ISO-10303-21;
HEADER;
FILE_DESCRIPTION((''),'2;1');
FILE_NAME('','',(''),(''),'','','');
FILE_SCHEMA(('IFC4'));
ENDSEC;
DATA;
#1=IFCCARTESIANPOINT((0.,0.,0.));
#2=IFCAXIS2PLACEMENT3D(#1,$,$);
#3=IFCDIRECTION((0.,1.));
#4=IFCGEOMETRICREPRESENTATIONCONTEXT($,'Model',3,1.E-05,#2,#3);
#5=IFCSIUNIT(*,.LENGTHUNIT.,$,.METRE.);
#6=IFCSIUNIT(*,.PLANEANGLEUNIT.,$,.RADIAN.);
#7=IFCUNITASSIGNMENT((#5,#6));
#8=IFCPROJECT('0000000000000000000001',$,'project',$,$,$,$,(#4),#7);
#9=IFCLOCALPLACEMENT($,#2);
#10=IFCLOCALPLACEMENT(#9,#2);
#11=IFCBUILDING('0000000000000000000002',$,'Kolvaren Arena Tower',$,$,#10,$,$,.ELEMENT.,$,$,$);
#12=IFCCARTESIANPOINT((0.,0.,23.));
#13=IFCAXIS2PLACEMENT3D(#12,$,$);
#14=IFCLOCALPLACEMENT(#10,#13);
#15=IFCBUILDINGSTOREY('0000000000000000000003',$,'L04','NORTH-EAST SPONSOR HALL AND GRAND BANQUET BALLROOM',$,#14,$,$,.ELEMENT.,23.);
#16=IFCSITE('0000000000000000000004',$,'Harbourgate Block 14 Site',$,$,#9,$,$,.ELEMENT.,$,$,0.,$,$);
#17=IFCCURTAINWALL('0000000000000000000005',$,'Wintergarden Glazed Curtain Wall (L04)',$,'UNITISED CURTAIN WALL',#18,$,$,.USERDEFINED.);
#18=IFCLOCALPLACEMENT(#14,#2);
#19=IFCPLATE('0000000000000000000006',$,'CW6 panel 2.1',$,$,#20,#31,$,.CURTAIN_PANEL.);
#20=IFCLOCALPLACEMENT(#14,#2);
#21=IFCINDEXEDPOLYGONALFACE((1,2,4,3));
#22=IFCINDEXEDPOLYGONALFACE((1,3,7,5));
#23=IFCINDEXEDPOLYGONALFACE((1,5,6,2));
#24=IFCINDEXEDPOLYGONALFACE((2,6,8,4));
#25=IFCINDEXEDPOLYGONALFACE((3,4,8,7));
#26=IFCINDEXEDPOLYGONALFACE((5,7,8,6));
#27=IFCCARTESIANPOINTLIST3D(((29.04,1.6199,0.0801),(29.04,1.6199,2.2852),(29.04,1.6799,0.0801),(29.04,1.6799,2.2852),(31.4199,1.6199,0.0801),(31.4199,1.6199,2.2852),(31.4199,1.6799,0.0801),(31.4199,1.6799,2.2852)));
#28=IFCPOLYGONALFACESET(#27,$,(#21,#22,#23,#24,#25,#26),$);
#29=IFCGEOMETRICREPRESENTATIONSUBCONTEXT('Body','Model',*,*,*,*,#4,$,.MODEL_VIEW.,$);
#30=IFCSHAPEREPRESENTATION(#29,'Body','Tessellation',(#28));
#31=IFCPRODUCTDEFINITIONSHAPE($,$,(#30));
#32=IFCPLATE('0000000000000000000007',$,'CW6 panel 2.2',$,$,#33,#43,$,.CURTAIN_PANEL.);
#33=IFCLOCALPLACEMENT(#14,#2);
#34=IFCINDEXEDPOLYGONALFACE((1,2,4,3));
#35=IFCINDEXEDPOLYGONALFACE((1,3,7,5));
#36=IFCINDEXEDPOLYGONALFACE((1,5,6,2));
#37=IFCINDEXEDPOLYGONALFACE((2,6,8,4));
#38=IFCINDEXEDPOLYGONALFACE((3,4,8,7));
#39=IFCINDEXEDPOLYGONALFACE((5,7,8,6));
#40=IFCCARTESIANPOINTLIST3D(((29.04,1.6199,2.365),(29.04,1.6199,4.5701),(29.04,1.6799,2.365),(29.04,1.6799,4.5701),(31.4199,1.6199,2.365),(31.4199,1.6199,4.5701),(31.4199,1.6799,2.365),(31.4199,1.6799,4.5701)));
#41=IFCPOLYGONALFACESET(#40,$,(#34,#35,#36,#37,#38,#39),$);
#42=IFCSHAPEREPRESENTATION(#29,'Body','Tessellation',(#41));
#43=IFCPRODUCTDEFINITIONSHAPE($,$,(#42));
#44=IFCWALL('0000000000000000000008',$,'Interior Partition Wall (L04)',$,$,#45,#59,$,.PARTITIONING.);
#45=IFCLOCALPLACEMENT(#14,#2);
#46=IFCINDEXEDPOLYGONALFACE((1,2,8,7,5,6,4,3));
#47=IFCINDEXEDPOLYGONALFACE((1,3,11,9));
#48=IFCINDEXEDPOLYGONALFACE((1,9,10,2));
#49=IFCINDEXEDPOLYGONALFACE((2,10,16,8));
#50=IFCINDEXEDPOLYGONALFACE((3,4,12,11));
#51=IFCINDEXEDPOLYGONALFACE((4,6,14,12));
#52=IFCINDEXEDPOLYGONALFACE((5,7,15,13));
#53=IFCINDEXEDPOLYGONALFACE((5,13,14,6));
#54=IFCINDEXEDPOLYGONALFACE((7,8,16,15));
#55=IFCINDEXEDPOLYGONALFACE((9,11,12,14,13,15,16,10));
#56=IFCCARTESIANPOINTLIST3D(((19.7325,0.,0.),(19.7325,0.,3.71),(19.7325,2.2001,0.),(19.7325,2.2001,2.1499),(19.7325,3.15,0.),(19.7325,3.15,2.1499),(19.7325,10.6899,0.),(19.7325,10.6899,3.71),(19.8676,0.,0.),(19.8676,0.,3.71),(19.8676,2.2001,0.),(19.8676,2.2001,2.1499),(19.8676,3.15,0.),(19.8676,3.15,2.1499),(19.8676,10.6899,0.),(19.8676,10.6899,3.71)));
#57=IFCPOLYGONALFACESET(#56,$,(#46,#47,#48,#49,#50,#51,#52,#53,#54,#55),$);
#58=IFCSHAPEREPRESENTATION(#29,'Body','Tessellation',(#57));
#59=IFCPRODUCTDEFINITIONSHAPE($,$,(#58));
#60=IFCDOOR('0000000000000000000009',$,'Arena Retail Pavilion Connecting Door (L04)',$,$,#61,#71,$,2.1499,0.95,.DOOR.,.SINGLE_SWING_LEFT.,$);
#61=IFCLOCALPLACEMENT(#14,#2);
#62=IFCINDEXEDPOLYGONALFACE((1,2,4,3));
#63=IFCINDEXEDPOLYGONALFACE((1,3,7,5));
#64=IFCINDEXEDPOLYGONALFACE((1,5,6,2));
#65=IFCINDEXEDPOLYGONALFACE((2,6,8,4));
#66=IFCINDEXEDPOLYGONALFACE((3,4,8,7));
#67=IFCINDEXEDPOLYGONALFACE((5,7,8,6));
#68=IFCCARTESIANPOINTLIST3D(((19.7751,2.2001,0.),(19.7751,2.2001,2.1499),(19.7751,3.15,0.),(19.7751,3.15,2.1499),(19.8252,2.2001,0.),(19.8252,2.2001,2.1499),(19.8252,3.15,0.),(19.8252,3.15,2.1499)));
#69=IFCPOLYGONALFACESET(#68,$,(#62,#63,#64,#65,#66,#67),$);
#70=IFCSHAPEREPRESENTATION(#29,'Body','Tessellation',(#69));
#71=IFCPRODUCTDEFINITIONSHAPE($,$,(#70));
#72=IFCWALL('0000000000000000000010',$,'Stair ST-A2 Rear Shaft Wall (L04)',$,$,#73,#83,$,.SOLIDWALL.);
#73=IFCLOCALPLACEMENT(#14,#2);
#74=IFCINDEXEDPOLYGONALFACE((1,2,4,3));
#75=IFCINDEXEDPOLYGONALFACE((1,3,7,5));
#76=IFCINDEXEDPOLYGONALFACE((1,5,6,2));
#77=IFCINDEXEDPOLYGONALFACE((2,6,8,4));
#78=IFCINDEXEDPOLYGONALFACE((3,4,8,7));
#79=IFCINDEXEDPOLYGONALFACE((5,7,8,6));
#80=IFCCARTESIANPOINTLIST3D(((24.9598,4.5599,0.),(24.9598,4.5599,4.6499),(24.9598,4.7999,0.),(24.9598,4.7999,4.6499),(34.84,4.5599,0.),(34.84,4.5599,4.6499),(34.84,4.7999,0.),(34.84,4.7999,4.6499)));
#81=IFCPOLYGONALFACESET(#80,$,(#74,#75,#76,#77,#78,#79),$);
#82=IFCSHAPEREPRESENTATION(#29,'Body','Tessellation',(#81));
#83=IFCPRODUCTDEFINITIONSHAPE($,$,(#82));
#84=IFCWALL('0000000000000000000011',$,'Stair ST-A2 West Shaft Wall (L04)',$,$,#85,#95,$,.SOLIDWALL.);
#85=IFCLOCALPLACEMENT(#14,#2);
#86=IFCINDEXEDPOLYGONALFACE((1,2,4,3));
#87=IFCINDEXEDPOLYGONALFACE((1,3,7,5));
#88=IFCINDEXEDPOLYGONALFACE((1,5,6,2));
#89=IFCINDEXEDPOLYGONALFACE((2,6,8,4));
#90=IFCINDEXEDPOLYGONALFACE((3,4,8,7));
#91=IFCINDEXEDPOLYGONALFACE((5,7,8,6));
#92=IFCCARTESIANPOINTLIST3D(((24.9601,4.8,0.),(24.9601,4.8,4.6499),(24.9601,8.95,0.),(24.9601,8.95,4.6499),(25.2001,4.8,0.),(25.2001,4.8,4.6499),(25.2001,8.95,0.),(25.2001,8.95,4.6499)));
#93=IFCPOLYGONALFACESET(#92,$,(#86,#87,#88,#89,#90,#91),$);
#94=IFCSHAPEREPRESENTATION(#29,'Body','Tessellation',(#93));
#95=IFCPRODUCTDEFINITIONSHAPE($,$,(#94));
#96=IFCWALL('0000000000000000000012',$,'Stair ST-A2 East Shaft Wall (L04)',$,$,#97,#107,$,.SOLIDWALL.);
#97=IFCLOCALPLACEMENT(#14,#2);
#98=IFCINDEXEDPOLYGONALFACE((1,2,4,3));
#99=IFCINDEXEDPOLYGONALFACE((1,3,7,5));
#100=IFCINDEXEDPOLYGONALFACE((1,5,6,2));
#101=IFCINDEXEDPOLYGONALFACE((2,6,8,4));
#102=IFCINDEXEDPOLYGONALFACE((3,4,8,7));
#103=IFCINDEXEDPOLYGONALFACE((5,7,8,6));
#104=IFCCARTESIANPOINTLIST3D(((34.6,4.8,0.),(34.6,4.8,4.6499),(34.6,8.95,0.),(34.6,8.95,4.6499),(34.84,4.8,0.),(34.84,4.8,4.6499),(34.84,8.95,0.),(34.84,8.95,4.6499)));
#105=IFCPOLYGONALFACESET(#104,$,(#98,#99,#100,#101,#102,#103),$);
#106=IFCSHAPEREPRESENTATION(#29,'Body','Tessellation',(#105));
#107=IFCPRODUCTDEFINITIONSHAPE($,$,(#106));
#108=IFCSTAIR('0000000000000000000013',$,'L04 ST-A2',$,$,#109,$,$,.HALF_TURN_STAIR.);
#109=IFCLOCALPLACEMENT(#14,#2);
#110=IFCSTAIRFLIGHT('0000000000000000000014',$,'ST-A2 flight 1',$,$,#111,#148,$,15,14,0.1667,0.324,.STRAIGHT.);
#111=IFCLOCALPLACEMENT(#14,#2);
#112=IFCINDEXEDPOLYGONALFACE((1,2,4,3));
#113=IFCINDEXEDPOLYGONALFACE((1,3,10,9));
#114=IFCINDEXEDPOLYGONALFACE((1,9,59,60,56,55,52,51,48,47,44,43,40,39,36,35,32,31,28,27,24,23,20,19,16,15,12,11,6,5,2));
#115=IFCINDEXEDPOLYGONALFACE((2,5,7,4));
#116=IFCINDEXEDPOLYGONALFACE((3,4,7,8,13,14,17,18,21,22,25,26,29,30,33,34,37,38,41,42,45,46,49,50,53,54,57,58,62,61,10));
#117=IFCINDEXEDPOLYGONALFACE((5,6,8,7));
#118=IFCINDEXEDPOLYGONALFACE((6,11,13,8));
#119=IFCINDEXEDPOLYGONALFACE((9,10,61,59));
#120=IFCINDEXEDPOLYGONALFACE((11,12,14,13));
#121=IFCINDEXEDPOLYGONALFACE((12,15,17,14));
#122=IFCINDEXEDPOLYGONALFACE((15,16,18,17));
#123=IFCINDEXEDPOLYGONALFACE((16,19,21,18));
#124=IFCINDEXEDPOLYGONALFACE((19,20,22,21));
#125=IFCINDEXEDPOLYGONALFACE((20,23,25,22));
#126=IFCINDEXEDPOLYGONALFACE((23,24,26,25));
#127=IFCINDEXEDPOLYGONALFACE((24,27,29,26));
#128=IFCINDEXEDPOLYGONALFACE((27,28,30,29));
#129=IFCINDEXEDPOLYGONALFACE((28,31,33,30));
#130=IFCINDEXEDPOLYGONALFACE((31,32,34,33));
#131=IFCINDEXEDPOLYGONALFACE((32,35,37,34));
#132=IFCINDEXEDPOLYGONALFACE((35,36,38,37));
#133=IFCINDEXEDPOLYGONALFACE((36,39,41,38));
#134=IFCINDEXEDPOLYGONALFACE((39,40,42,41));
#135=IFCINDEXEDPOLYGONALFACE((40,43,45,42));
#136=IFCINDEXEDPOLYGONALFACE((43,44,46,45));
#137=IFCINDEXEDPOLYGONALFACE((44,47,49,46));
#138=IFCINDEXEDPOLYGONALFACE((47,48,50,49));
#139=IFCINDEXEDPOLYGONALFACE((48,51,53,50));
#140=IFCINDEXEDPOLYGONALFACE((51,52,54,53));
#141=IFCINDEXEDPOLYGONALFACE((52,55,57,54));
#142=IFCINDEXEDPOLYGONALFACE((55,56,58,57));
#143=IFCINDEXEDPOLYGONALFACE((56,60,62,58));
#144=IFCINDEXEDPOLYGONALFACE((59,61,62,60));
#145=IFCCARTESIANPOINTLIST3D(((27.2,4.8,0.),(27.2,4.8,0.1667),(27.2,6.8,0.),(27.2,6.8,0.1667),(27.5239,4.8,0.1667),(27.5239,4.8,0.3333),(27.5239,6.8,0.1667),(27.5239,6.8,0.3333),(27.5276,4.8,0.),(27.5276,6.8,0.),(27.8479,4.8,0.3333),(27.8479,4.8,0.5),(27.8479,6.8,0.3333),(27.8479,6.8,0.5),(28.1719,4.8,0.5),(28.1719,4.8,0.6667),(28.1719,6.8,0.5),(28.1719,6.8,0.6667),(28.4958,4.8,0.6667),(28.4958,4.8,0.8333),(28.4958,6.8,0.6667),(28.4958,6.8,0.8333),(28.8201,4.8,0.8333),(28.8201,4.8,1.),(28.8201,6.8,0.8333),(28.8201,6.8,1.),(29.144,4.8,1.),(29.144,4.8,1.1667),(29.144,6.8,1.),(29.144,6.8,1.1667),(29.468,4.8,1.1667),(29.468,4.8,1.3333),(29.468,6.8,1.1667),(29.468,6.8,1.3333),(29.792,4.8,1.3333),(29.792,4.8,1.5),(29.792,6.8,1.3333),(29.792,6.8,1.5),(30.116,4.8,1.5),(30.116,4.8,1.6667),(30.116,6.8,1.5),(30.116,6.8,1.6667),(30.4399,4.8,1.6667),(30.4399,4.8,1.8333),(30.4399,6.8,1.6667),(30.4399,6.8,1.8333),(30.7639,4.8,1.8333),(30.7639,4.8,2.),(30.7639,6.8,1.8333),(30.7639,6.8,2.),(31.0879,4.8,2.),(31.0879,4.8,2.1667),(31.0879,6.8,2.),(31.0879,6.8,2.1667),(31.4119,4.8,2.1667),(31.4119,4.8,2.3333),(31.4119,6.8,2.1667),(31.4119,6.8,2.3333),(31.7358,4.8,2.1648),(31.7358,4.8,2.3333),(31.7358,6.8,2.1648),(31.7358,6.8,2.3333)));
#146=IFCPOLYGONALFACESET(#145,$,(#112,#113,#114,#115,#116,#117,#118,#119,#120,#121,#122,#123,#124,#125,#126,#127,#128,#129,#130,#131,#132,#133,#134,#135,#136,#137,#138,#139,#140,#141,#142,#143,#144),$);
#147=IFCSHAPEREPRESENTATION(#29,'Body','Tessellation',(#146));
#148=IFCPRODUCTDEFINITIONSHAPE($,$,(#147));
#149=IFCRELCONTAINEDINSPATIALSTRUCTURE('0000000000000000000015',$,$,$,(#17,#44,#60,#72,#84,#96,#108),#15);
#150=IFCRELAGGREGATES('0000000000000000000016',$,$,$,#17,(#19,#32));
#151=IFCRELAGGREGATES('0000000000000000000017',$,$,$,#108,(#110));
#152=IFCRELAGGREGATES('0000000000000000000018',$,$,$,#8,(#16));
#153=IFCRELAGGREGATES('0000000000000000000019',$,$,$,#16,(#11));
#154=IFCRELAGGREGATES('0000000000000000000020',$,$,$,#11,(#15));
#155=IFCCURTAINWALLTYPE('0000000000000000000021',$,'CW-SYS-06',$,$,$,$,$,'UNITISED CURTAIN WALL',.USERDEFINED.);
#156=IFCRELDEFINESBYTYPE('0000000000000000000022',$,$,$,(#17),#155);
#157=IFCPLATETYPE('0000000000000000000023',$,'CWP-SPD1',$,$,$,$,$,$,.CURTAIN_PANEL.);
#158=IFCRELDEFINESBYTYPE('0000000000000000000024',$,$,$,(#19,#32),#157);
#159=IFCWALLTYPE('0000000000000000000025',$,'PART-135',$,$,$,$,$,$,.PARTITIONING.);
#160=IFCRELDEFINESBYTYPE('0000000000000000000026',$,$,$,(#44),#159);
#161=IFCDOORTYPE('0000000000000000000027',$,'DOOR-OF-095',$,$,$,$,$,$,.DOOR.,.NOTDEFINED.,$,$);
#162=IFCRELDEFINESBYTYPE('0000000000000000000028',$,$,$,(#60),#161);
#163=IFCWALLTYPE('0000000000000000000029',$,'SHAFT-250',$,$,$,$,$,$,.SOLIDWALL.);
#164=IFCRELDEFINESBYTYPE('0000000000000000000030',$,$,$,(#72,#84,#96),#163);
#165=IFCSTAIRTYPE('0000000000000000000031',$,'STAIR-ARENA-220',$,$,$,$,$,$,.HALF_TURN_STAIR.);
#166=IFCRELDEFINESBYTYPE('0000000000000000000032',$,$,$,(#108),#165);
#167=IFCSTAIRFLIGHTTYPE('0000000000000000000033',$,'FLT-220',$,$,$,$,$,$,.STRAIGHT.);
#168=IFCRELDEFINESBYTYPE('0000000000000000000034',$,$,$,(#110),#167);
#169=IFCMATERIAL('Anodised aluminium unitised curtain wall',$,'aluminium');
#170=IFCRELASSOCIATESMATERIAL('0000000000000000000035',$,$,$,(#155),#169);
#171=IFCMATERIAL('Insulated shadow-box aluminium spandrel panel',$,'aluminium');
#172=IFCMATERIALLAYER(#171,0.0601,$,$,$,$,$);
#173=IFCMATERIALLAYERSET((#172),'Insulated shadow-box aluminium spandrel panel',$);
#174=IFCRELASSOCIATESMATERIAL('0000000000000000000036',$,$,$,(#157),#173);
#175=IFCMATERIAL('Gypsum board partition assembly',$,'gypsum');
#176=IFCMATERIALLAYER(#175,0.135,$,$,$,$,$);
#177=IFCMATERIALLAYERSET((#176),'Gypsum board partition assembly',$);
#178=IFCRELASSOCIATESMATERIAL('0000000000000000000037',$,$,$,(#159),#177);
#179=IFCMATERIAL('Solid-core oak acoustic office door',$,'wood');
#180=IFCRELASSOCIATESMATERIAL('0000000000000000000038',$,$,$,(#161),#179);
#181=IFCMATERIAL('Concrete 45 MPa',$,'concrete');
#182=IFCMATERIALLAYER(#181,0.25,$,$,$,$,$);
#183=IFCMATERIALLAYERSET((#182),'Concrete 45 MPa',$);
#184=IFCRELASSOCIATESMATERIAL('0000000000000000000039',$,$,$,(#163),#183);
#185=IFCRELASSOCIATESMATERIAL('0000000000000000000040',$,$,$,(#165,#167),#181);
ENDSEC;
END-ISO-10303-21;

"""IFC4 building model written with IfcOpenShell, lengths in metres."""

from ifc_helpers import new_model, si_unit, direction, frame, frame_2d, origin, origin_2d, place, context, subcontext, project, spatial, polyline, rectangle, outline, extrude, material, layer, layer_set, type_object, element, fill, aggregate, save


model = new_model("IFC4")

# Units and contexts
model_context = context("Model", 3, precision=1e-05, world=origin(), true_north=direction((0.0, 1.0)))
body_context = subcontext(model_context, "Body", "Model", "MODEL_VIEW")
ifc_project = project(units=[si_unit("LENGTHUNIT", "METRE"), si_unit("PLANEANGLEUNIT", "RADIAN")], contexts=[model_context])

# Site, building, storey
site_placement = place(None, origin())
site = spatial("IfcSite", under=ifc_project, at=site_placement, Name="Harbourgate Block 14 Site", CompositionType="ELEMENT", RefElevation=0.0)
building_placement = place(site_placement, origin())
building = spatial("IfcBuilding", under=site, at=building_placement, Name="Kolvaren Arena Tower", CompositionType="ELEMENT")
storey_placement = place(building_placement, frame((0.0, 0.0, 23.0)))
storey = spatial("IfcBuildingStorey", under=building, at=storey_placement, Name="L04", Description="NORTH-EAST SPONSOR HALL AND GRAND BANQUET BALLROOM", CompositionType="ELEMENT", Elevation=23.0)

# Curtain wall
ifc_material_1 = material(Name="Anodised aluminium unitised curtain wall", Category="aluminium")
curtain_wall_type = type_object("IfcCurtainWallType", Name="CW-SYS-06", ElementType="UNITISED CURTAIN WALL", PredefinedType="USERDEFINED", material=ifc_material_1)
curtain_wall_placement = place(storey_placement, origin())
curtain_wall = element("IfcCurtainWall", 1, at=curtain_wall_placement, inside=storey, type_object=curtain_wall_type, Name="Wintergarden Glazed Curtain Wall (L04)", ObjectType="UNITISED CURTAIN WALL", PredefinedType="USERDEFINED")

# Plates
ifc_material_2 = material(Name="Insulated shadow-box aluminium spandrel panel", Category="aluminium")
ifc_layer_1 = layer(ifc_material_2, 0.0601)
ifc_layer_set_1 = layer_set([ifc_layer_1], Name="Insulated shadow-box aluminium spandrel panel")
plate_type = type_object("IfcPlateType", Name="CWP-SPD1", PredefinedType="CURTAIN_PANEL", material=ifc_layer_set_1)
plate_1_placement = place(storey_placement, frame((30.23, 1.6499, 0.0801), z_axis=(0.0, 0.0, 1.0), x_axis=(1.0, 0.0, 0.0)))
plate_1 = element("IfcPlate", 2, at=plate_1_placement, type_object=plate_type, Name="CW6 panel 2.1", PredefinedType="CURTAIN_PANEL", context=body_context, shape_type="SweptSolid", body=[
    extrude(rectangle(XDim=2.3799, YDim=0.0601, at=origin_2d()), origin(), (0.0, 0.0, 1.0), 2.2051),
])
plate_2_placement = place(storey_placement, frame((30.23, 1.6499, 2.365), z_axis=(0.0, 0.0, 1.0), x_axis=(1.0, 0.0, 0.0)))
plate_2 = element("IfcPlate", 3, at=plate_2_placement, type_object=plate_type, Name="CW6 panel 2.2", PredefinedType="CURTAIN_PANEL", context=body_context, shape_type="SweptSolid", body=[
    extrude(rectangle(XDim=2.3799, YDim=0.0601, at=origin_2d()), origin(), (0.0, 0.0, 1.0), 2.2051),
])
aggregate(curtain_wall, [plate_1, plate_2])

# Wall, opening, door
ifc_material_3 = material(Name="Gypsum board partition assembly", Category="gypsum")
ifc_layer_2 = layer(ifc_material_3, 0.135)
ifc_layer_set_2 = layer_set([ifc_layer_2], Name="Gypsum board partition assembly")
wall_type_1 = type_object("IfcWallType", Name="PART-135", PredefinedType="PARTITIONING", material=ifc_layer_set_2)
wall_1_placement = place(storey_placement, frame((19.8, 0.0, 0.0), z_axis=(0.0, 0.0, 1.0), x_axis=(0.0, 1.0, 0.0)))
wall_1 = element("IfcWall", 4, at=wall_1_placement, inside=storey, type_object=wall_type_1, Name="Interior Partition Wall (L04)", PredefinedType="PARTITIONING", context=body_context, shape_type="SweptSolid", body=[
    extrude(rectangle(XDim=10.6899, YDim=0.135, at=frame_2d((5.345, 0.0))), origin(), (0.0, 0.0, 1.0), 3.71),
])
opening_placement = place(wall_1_placement, frame((2.2, 0.0, 0.0)))
opening = element("IfcOpeningElement", 5, at=opening_placement, cuts=wall_1, PredefinedType="OPENING", context=body_context, shape_type="SweptSolid", body=[
    extrude(rectangle(XDim=0.95, YDim=2.1499, at=frame_2d((0.4751, 1.075))), frame((0.0, 0.0774, 0.0), z_axis=(0.0, -1.0, 0.0), x_axis=(1.0, 0.0, 0.0)), (0.0, 0.0, 1.0), 0.155),
])
ifc_material_4 = material(Name="Solid-core oak acoustic office door", Category="wood")
door_type = type_object("IfcDoorType", Name="DOOR-OF-095", OperationType="NOTDEFINED", PredefinedType="DOOR", material=ifc_material_4)
door_placement = place(opening_placement, origin())
door = element("IfcDoor", 6, at=door_placement, inside=storey, type_object=door_type, Name="Arena Retail Pavilion Connecting Door (L04)", OperationType="SINGLE_SWING_LEFT", OverallHeight=2.1499, OverallWidth=0.95, PredefinedType="DOOR", context=body_context, shape_type="SweptSolid", body=[
    extrude(rectangle(XDim=0.95, YDim=2.1499, at=frame_2d((0.4751, 1.075))), frame((0.0, 0.0249, 0.0), z_axis=(0.0, -1.0, 0.0), x_axis=(1.0, 0.0, 0.0)), (0.0, 0.0, 1.0), 0.05),
])
fill(opening, door)

# Walls
ifc_material_5 = material(Name="Concrete 45 MPa", Category="concrete")
ifc_layer_3 = layer(ifc_material_5, 0.25)
ifc_layer_set_3 = layer_set([ifc_layer_3], Name="Concrete 45 MPa")
wall_type_2 = type_object("IfcWallType", Name="SHAFT-250", PredefinedType="SOLIDWALL", material=ifc_layer_set_3)
wall_2_placement = place(storey_placement, frame((24.96, 4.6799, 0.0), z_axis=(0.0, 0.0, 1.0), x_axis=(1.0, 0.0, 0.0)))
element("IfcWall", 7, at=wall_2_placement, inside=storey, type_object=wall_type_2, Name="Stair ST-A2 Rear Shaft Wall (L04)", PredefinedType="SOLIDWALL", context=body_context, shape_type="SweptSolid", body=[
    extrude(rectangle(XDim=9.8801, YDim=0.24, at=frame_2d((4.9399, 0.0))), origin(), (0.0, 0.0, 1.0), 4.6499),
])
for number, where, z_axis, x_axis, name in (
    (8, (25.0801, 4.8, 0.0), (0.0, 0.0, 1.0), (0.0, 1.0, 0.0), "Stair ST-A2 West Shaft Wall (L04)"),
    (9, (34.72, 4.8, 0.0), (0.0, 0.0, 1.0), (0.0, 1.0, 0.0), "Stair ST-A2 East Shaft Wall (L04)"),
):
    element("IfcWall", number, at=place(storey_placement, frame(where, z_axis=z_axis, x_axis=x_axis)), inside=storey, type_object=wall_type_2, Name=name, PredefinedType="SOLIDWALL", context=body_context, shape_type="SweptSolid", body=[
        extrude(rectangle(XDim=4.1499, YDim=0.24, at=frame_2d((2.075, 0.0))), origin(), (0.0, 0.0, 1.0), 4.6499),
    ])

# Stair, stair flight
stair_type = type_object("IfcStairType", Name="STAIR-ARENA-220", PredefinedType="HALF_TURN_STAIR", material=ifc_material_5)
stair_placement = place(storey_placement, origin())
stair = element("IfcStair", 10, at=stair_placement, inside=storey, type_object=stair_type, Name="L04 ST-A2", PredefinedType="HALF_TURN_STAIR")
stair_flight_type = type_object("IfcStairFlightType", Name="FLT-220", PredefinedType="STRAIGHT", material=ifc_material_5)
stair_flight_1_placement = place(storey_placement, frame((27.2, 5.8, 0.0), z_axis=(0.0, 0.0, 1.0), x_axis=(1.0, 0.0, 0.0)))
stair_flight_1 = element("IfcStairFlight", 11, at=stair_flight_1_placement, type_object=stair_flight_type, Name="ST-A2 flight 1", NumberOfRisers=15, NumberOfTreads=14, PredefinedType="STRAIGHT", RiserHeight=0.1667, TreadLength=0.324, context=body_context, shape_type="SweptSolid", body=[
    extrude(outline(polyline([(0.0, 0.0), (0.0, 0.1667), (0.324, 0.1667), (0.324, 0.3333), (0.6479, 0.3333), (0.6479, 0.5), (0.9719, 0.5), (0.9719, 0.6667), (1.2959, 0.6667), (1.2959, 0.8333), (1.6201, 0.8333), (1.6201, 1.0), (1.9441, 1.0), (1.9441, 1.1667), (2.2681, 1.1667), (2.2681, 1.3333), (2.592, 1.3333), (2.592, 1.5), (2.916, 1.5), (2.916, 1.6667), (3.24, 1.6667), (3.24, 1.8333), (3.564, 1.8333), (3.564, 2.0), (3.8879, 2.0), (3.8879, 2.1667), (4.2119, 2.1667), (4.2119, 2.3333), (4.5359, 2.3333), (4.5359, 2.5), (4.5359, 2.1648), (0.3276, 0.0), (0.0, 0.0)])), frame((0.0, 1.0, 0.0), z_axis=(0.0, -1.0, 0.0), x_axis=(1.0, 0.0, 0.0)), (0.0, 0.0, 1.0), 2.0),
])
aggregate(stair, [stair_flight_1])

save(model, "model.ifc")
